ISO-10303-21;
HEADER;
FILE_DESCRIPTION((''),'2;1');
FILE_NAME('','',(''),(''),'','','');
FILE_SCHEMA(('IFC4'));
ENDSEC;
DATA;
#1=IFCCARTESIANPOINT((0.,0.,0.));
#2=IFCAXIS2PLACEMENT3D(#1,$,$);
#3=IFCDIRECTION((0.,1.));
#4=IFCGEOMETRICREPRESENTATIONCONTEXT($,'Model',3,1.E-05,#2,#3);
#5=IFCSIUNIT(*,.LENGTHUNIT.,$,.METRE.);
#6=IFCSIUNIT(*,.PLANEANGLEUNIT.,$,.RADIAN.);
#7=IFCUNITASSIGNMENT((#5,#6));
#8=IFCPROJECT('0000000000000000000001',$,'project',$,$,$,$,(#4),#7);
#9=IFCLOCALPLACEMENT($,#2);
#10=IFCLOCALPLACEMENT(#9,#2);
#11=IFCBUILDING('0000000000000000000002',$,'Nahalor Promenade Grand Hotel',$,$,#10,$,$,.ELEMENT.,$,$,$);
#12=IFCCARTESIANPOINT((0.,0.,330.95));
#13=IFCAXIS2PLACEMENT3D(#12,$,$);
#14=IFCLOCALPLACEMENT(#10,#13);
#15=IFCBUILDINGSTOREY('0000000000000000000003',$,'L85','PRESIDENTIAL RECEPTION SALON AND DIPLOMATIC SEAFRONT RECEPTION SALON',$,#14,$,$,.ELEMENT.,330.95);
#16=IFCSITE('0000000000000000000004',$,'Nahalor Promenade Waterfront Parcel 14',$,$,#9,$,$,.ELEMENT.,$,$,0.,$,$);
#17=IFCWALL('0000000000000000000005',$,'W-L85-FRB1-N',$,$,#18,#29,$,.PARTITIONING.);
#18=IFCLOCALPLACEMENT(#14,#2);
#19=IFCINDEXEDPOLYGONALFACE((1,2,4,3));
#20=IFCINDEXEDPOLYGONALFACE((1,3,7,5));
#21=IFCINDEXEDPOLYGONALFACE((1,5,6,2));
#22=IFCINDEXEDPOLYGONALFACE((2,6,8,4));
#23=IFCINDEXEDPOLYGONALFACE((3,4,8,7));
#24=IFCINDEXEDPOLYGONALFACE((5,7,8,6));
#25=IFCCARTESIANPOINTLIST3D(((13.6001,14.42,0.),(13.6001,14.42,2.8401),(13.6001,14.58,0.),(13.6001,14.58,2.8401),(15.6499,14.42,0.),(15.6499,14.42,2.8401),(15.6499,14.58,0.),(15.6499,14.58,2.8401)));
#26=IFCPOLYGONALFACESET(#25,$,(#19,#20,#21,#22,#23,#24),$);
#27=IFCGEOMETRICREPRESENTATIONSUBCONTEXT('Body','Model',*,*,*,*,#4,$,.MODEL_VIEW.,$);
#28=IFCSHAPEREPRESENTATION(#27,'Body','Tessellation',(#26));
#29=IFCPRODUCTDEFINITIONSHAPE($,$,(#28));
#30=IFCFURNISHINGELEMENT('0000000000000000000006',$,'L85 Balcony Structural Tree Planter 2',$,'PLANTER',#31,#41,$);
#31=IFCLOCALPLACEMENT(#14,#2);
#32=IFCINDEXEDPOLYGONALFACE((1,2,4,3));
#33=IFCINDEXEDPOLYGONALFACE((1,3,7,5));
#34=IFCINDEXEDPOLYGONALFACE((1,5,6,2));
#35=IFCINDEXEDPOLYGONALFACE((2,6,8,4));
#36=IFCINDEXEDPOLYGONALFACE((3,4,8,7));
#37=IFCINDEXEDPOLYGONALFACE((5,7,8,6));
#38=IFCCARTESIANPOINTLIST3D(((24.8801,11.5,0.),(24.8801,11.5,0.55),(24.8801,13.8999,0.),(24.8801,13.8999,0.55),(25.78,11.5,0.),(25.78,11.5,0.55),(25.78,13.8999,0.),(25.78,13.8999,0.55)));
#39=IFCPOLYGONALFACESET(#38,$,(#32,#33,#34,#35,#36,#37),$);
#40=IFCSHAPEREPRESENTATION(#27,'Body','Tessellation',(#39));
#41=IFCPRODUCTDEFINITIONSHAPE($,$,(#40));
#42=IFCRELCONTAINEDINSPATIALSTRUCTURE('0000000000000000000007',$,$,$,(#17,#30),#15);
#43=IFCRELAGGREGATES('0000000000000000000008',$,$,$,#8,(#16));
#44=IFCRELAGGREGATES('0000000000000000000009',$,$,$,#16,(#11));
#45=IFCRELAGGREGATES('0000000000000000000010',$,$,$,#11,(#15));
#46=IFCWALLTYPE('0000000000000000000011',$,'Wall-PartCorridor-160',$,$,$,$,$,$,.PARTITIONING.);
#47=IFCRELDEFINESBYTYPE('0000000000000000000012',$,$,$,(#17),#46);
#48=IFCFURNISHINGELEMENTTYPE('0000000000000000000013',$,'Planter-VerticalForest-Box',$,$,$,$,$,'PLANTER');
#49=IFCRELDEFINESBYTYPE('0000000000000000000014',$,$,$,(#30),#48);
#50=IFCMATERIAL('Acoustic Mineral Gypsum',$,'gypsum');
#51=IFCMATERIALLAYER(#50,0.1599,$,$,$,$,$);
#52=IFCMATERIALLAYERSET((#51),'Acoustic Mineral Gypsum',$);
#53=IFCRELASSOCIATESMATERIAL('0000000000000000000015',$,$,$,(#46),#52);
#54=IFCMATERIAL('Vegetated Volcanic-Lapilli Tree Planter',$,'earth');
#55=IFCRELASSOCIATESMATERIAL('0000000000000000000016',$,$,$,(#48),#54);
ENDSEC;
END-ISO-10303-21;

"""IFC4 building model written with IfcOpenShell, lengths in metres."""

from ifc_helpers import new_model, si_unit, direction, frame, frame_2d, origin, origin_2d, place, context, subcontext, project, spatial, rectangle, extrude, source, transform, mapped, material, layer, layer_set, type_object, element, save


model = new_model("IFC4")

# Units and contexts
model_context = context("Model", 3, precision=1e-05, world=origin(), true_north=direction((0.0, 1.0)))
body_context = subcontext(model_context, "Body", "Model", "MODEL_VIEW")
ifc_project = project(units=[si_unit("LENGTHUNIT", "METRE"), si_unit("PLANEANGLEUNIT", "RADIAN")], contexts=[model_context])

# Site, building, storey
site_placement = place(None, origin())
site = spatial("IfcSite", under=ifc_project, at=site_placement, Name="Nahalor Promenade Waterfront Parcel 14", CompositionType="ELEMENT", RefElevation=0.0)
building_placement = place(site_placement, origin())
building = spatial("IfcBuilding", under=site, at=building_placement, Name="Nahalor Promenade Grand Hotel", CompositionType="ELEMENT")
storey_placement = place(building_placement, frame((0.0, 0.0, 330.95)))
storey = spatial("IfcBuildingStorey", under=building, at=storey_placement, Name="L85", Description="PRESIDENTIAL RECEPTION SALON AND DIPLOMATIC SEAFRONT RECEPTION SALON", CompositionType="ELEMENT", Elevation=330.95)

# Wall
ifc_material_1 = material(Name="Acoustic Mineral Gypsum", Category="gypsum")
ifc_layer_1 = layer(ifc_material_1, 0.1599)
ifc_layer_set_1 = layer_set([ifc_layer_1], Name="Acoustic Mineral Gypsum")
wall_type_1 = type_object("IfcWallType", Name="Wall-PartCorridor-160", PredefinedType="PARTITIONING", material=ifc_layer_set_1)
shared_shape_1 = source(origin(), body_context, "Body", "SweptSolid", [
    extrude(rectangle(XDim=2.0498, YDim=0.1599, at=frame_2d((1.0249, 0.0))), origin(), (0.0, 0.0, 1.0), 2.8401),
])
wall_1_placement = place(storey_placement, frame((13.6001, 14.5, 0.0), z_axis=(0.0, 0.0, 1.0), x_axis=(1.0, 0.0, 0.0)))
element("IfcWall", 1, at=wall_1_placement, inside=storey, type_object=wall_type_1, Name="W-L85-FRB1-N", PredefinedType="PARTITIONING", context=body_context, shape_type="MappedRepresentation", body=[
    mapped(shared_shape_1, transform((0.0, 0.0, 0.0), scale=1.0)),
])

# Furnishing element
ifc_material_2 = material(Name="Vegetated Volcanic-Lapilli Tree Planter", Category="earth")
furnishing_element_type = type_object("IfcFurnishingElementType", Name="Planter-VerticalForest-Box", ElementType="PLANTER", material=ifc_material_2)
shared_shape_2 = source(origin(), body_context, "Body", "SweptSolid", [
    extrude(rectangle(XDim=2.3999, YDim=0.8999, at=origin_2d()), origin(), (0.0, 0.0, 1.0), 0.55),
])
furnishing_placement = place(storey_placement, frame((25.3301, 12.7, 0.0), z_axis=(0.0, 0.0, 1.0), x_axis=(0.0, 1.0, 0.0)))
element("IfcFurnishingElement", 2, at=furnishing_placement, inside=storey, type_object=furnishing_element_type, Name="L85 Balcony Structural Tree Planter 2", ObjectType="PLANTER", context=body_context, shape_type="MappedRepresentation", body=[
    mapped(shared_shape_2, transform((0.0, 0.0, 0.0), scale=1.0)),
])

save(model, "model.ifc")
